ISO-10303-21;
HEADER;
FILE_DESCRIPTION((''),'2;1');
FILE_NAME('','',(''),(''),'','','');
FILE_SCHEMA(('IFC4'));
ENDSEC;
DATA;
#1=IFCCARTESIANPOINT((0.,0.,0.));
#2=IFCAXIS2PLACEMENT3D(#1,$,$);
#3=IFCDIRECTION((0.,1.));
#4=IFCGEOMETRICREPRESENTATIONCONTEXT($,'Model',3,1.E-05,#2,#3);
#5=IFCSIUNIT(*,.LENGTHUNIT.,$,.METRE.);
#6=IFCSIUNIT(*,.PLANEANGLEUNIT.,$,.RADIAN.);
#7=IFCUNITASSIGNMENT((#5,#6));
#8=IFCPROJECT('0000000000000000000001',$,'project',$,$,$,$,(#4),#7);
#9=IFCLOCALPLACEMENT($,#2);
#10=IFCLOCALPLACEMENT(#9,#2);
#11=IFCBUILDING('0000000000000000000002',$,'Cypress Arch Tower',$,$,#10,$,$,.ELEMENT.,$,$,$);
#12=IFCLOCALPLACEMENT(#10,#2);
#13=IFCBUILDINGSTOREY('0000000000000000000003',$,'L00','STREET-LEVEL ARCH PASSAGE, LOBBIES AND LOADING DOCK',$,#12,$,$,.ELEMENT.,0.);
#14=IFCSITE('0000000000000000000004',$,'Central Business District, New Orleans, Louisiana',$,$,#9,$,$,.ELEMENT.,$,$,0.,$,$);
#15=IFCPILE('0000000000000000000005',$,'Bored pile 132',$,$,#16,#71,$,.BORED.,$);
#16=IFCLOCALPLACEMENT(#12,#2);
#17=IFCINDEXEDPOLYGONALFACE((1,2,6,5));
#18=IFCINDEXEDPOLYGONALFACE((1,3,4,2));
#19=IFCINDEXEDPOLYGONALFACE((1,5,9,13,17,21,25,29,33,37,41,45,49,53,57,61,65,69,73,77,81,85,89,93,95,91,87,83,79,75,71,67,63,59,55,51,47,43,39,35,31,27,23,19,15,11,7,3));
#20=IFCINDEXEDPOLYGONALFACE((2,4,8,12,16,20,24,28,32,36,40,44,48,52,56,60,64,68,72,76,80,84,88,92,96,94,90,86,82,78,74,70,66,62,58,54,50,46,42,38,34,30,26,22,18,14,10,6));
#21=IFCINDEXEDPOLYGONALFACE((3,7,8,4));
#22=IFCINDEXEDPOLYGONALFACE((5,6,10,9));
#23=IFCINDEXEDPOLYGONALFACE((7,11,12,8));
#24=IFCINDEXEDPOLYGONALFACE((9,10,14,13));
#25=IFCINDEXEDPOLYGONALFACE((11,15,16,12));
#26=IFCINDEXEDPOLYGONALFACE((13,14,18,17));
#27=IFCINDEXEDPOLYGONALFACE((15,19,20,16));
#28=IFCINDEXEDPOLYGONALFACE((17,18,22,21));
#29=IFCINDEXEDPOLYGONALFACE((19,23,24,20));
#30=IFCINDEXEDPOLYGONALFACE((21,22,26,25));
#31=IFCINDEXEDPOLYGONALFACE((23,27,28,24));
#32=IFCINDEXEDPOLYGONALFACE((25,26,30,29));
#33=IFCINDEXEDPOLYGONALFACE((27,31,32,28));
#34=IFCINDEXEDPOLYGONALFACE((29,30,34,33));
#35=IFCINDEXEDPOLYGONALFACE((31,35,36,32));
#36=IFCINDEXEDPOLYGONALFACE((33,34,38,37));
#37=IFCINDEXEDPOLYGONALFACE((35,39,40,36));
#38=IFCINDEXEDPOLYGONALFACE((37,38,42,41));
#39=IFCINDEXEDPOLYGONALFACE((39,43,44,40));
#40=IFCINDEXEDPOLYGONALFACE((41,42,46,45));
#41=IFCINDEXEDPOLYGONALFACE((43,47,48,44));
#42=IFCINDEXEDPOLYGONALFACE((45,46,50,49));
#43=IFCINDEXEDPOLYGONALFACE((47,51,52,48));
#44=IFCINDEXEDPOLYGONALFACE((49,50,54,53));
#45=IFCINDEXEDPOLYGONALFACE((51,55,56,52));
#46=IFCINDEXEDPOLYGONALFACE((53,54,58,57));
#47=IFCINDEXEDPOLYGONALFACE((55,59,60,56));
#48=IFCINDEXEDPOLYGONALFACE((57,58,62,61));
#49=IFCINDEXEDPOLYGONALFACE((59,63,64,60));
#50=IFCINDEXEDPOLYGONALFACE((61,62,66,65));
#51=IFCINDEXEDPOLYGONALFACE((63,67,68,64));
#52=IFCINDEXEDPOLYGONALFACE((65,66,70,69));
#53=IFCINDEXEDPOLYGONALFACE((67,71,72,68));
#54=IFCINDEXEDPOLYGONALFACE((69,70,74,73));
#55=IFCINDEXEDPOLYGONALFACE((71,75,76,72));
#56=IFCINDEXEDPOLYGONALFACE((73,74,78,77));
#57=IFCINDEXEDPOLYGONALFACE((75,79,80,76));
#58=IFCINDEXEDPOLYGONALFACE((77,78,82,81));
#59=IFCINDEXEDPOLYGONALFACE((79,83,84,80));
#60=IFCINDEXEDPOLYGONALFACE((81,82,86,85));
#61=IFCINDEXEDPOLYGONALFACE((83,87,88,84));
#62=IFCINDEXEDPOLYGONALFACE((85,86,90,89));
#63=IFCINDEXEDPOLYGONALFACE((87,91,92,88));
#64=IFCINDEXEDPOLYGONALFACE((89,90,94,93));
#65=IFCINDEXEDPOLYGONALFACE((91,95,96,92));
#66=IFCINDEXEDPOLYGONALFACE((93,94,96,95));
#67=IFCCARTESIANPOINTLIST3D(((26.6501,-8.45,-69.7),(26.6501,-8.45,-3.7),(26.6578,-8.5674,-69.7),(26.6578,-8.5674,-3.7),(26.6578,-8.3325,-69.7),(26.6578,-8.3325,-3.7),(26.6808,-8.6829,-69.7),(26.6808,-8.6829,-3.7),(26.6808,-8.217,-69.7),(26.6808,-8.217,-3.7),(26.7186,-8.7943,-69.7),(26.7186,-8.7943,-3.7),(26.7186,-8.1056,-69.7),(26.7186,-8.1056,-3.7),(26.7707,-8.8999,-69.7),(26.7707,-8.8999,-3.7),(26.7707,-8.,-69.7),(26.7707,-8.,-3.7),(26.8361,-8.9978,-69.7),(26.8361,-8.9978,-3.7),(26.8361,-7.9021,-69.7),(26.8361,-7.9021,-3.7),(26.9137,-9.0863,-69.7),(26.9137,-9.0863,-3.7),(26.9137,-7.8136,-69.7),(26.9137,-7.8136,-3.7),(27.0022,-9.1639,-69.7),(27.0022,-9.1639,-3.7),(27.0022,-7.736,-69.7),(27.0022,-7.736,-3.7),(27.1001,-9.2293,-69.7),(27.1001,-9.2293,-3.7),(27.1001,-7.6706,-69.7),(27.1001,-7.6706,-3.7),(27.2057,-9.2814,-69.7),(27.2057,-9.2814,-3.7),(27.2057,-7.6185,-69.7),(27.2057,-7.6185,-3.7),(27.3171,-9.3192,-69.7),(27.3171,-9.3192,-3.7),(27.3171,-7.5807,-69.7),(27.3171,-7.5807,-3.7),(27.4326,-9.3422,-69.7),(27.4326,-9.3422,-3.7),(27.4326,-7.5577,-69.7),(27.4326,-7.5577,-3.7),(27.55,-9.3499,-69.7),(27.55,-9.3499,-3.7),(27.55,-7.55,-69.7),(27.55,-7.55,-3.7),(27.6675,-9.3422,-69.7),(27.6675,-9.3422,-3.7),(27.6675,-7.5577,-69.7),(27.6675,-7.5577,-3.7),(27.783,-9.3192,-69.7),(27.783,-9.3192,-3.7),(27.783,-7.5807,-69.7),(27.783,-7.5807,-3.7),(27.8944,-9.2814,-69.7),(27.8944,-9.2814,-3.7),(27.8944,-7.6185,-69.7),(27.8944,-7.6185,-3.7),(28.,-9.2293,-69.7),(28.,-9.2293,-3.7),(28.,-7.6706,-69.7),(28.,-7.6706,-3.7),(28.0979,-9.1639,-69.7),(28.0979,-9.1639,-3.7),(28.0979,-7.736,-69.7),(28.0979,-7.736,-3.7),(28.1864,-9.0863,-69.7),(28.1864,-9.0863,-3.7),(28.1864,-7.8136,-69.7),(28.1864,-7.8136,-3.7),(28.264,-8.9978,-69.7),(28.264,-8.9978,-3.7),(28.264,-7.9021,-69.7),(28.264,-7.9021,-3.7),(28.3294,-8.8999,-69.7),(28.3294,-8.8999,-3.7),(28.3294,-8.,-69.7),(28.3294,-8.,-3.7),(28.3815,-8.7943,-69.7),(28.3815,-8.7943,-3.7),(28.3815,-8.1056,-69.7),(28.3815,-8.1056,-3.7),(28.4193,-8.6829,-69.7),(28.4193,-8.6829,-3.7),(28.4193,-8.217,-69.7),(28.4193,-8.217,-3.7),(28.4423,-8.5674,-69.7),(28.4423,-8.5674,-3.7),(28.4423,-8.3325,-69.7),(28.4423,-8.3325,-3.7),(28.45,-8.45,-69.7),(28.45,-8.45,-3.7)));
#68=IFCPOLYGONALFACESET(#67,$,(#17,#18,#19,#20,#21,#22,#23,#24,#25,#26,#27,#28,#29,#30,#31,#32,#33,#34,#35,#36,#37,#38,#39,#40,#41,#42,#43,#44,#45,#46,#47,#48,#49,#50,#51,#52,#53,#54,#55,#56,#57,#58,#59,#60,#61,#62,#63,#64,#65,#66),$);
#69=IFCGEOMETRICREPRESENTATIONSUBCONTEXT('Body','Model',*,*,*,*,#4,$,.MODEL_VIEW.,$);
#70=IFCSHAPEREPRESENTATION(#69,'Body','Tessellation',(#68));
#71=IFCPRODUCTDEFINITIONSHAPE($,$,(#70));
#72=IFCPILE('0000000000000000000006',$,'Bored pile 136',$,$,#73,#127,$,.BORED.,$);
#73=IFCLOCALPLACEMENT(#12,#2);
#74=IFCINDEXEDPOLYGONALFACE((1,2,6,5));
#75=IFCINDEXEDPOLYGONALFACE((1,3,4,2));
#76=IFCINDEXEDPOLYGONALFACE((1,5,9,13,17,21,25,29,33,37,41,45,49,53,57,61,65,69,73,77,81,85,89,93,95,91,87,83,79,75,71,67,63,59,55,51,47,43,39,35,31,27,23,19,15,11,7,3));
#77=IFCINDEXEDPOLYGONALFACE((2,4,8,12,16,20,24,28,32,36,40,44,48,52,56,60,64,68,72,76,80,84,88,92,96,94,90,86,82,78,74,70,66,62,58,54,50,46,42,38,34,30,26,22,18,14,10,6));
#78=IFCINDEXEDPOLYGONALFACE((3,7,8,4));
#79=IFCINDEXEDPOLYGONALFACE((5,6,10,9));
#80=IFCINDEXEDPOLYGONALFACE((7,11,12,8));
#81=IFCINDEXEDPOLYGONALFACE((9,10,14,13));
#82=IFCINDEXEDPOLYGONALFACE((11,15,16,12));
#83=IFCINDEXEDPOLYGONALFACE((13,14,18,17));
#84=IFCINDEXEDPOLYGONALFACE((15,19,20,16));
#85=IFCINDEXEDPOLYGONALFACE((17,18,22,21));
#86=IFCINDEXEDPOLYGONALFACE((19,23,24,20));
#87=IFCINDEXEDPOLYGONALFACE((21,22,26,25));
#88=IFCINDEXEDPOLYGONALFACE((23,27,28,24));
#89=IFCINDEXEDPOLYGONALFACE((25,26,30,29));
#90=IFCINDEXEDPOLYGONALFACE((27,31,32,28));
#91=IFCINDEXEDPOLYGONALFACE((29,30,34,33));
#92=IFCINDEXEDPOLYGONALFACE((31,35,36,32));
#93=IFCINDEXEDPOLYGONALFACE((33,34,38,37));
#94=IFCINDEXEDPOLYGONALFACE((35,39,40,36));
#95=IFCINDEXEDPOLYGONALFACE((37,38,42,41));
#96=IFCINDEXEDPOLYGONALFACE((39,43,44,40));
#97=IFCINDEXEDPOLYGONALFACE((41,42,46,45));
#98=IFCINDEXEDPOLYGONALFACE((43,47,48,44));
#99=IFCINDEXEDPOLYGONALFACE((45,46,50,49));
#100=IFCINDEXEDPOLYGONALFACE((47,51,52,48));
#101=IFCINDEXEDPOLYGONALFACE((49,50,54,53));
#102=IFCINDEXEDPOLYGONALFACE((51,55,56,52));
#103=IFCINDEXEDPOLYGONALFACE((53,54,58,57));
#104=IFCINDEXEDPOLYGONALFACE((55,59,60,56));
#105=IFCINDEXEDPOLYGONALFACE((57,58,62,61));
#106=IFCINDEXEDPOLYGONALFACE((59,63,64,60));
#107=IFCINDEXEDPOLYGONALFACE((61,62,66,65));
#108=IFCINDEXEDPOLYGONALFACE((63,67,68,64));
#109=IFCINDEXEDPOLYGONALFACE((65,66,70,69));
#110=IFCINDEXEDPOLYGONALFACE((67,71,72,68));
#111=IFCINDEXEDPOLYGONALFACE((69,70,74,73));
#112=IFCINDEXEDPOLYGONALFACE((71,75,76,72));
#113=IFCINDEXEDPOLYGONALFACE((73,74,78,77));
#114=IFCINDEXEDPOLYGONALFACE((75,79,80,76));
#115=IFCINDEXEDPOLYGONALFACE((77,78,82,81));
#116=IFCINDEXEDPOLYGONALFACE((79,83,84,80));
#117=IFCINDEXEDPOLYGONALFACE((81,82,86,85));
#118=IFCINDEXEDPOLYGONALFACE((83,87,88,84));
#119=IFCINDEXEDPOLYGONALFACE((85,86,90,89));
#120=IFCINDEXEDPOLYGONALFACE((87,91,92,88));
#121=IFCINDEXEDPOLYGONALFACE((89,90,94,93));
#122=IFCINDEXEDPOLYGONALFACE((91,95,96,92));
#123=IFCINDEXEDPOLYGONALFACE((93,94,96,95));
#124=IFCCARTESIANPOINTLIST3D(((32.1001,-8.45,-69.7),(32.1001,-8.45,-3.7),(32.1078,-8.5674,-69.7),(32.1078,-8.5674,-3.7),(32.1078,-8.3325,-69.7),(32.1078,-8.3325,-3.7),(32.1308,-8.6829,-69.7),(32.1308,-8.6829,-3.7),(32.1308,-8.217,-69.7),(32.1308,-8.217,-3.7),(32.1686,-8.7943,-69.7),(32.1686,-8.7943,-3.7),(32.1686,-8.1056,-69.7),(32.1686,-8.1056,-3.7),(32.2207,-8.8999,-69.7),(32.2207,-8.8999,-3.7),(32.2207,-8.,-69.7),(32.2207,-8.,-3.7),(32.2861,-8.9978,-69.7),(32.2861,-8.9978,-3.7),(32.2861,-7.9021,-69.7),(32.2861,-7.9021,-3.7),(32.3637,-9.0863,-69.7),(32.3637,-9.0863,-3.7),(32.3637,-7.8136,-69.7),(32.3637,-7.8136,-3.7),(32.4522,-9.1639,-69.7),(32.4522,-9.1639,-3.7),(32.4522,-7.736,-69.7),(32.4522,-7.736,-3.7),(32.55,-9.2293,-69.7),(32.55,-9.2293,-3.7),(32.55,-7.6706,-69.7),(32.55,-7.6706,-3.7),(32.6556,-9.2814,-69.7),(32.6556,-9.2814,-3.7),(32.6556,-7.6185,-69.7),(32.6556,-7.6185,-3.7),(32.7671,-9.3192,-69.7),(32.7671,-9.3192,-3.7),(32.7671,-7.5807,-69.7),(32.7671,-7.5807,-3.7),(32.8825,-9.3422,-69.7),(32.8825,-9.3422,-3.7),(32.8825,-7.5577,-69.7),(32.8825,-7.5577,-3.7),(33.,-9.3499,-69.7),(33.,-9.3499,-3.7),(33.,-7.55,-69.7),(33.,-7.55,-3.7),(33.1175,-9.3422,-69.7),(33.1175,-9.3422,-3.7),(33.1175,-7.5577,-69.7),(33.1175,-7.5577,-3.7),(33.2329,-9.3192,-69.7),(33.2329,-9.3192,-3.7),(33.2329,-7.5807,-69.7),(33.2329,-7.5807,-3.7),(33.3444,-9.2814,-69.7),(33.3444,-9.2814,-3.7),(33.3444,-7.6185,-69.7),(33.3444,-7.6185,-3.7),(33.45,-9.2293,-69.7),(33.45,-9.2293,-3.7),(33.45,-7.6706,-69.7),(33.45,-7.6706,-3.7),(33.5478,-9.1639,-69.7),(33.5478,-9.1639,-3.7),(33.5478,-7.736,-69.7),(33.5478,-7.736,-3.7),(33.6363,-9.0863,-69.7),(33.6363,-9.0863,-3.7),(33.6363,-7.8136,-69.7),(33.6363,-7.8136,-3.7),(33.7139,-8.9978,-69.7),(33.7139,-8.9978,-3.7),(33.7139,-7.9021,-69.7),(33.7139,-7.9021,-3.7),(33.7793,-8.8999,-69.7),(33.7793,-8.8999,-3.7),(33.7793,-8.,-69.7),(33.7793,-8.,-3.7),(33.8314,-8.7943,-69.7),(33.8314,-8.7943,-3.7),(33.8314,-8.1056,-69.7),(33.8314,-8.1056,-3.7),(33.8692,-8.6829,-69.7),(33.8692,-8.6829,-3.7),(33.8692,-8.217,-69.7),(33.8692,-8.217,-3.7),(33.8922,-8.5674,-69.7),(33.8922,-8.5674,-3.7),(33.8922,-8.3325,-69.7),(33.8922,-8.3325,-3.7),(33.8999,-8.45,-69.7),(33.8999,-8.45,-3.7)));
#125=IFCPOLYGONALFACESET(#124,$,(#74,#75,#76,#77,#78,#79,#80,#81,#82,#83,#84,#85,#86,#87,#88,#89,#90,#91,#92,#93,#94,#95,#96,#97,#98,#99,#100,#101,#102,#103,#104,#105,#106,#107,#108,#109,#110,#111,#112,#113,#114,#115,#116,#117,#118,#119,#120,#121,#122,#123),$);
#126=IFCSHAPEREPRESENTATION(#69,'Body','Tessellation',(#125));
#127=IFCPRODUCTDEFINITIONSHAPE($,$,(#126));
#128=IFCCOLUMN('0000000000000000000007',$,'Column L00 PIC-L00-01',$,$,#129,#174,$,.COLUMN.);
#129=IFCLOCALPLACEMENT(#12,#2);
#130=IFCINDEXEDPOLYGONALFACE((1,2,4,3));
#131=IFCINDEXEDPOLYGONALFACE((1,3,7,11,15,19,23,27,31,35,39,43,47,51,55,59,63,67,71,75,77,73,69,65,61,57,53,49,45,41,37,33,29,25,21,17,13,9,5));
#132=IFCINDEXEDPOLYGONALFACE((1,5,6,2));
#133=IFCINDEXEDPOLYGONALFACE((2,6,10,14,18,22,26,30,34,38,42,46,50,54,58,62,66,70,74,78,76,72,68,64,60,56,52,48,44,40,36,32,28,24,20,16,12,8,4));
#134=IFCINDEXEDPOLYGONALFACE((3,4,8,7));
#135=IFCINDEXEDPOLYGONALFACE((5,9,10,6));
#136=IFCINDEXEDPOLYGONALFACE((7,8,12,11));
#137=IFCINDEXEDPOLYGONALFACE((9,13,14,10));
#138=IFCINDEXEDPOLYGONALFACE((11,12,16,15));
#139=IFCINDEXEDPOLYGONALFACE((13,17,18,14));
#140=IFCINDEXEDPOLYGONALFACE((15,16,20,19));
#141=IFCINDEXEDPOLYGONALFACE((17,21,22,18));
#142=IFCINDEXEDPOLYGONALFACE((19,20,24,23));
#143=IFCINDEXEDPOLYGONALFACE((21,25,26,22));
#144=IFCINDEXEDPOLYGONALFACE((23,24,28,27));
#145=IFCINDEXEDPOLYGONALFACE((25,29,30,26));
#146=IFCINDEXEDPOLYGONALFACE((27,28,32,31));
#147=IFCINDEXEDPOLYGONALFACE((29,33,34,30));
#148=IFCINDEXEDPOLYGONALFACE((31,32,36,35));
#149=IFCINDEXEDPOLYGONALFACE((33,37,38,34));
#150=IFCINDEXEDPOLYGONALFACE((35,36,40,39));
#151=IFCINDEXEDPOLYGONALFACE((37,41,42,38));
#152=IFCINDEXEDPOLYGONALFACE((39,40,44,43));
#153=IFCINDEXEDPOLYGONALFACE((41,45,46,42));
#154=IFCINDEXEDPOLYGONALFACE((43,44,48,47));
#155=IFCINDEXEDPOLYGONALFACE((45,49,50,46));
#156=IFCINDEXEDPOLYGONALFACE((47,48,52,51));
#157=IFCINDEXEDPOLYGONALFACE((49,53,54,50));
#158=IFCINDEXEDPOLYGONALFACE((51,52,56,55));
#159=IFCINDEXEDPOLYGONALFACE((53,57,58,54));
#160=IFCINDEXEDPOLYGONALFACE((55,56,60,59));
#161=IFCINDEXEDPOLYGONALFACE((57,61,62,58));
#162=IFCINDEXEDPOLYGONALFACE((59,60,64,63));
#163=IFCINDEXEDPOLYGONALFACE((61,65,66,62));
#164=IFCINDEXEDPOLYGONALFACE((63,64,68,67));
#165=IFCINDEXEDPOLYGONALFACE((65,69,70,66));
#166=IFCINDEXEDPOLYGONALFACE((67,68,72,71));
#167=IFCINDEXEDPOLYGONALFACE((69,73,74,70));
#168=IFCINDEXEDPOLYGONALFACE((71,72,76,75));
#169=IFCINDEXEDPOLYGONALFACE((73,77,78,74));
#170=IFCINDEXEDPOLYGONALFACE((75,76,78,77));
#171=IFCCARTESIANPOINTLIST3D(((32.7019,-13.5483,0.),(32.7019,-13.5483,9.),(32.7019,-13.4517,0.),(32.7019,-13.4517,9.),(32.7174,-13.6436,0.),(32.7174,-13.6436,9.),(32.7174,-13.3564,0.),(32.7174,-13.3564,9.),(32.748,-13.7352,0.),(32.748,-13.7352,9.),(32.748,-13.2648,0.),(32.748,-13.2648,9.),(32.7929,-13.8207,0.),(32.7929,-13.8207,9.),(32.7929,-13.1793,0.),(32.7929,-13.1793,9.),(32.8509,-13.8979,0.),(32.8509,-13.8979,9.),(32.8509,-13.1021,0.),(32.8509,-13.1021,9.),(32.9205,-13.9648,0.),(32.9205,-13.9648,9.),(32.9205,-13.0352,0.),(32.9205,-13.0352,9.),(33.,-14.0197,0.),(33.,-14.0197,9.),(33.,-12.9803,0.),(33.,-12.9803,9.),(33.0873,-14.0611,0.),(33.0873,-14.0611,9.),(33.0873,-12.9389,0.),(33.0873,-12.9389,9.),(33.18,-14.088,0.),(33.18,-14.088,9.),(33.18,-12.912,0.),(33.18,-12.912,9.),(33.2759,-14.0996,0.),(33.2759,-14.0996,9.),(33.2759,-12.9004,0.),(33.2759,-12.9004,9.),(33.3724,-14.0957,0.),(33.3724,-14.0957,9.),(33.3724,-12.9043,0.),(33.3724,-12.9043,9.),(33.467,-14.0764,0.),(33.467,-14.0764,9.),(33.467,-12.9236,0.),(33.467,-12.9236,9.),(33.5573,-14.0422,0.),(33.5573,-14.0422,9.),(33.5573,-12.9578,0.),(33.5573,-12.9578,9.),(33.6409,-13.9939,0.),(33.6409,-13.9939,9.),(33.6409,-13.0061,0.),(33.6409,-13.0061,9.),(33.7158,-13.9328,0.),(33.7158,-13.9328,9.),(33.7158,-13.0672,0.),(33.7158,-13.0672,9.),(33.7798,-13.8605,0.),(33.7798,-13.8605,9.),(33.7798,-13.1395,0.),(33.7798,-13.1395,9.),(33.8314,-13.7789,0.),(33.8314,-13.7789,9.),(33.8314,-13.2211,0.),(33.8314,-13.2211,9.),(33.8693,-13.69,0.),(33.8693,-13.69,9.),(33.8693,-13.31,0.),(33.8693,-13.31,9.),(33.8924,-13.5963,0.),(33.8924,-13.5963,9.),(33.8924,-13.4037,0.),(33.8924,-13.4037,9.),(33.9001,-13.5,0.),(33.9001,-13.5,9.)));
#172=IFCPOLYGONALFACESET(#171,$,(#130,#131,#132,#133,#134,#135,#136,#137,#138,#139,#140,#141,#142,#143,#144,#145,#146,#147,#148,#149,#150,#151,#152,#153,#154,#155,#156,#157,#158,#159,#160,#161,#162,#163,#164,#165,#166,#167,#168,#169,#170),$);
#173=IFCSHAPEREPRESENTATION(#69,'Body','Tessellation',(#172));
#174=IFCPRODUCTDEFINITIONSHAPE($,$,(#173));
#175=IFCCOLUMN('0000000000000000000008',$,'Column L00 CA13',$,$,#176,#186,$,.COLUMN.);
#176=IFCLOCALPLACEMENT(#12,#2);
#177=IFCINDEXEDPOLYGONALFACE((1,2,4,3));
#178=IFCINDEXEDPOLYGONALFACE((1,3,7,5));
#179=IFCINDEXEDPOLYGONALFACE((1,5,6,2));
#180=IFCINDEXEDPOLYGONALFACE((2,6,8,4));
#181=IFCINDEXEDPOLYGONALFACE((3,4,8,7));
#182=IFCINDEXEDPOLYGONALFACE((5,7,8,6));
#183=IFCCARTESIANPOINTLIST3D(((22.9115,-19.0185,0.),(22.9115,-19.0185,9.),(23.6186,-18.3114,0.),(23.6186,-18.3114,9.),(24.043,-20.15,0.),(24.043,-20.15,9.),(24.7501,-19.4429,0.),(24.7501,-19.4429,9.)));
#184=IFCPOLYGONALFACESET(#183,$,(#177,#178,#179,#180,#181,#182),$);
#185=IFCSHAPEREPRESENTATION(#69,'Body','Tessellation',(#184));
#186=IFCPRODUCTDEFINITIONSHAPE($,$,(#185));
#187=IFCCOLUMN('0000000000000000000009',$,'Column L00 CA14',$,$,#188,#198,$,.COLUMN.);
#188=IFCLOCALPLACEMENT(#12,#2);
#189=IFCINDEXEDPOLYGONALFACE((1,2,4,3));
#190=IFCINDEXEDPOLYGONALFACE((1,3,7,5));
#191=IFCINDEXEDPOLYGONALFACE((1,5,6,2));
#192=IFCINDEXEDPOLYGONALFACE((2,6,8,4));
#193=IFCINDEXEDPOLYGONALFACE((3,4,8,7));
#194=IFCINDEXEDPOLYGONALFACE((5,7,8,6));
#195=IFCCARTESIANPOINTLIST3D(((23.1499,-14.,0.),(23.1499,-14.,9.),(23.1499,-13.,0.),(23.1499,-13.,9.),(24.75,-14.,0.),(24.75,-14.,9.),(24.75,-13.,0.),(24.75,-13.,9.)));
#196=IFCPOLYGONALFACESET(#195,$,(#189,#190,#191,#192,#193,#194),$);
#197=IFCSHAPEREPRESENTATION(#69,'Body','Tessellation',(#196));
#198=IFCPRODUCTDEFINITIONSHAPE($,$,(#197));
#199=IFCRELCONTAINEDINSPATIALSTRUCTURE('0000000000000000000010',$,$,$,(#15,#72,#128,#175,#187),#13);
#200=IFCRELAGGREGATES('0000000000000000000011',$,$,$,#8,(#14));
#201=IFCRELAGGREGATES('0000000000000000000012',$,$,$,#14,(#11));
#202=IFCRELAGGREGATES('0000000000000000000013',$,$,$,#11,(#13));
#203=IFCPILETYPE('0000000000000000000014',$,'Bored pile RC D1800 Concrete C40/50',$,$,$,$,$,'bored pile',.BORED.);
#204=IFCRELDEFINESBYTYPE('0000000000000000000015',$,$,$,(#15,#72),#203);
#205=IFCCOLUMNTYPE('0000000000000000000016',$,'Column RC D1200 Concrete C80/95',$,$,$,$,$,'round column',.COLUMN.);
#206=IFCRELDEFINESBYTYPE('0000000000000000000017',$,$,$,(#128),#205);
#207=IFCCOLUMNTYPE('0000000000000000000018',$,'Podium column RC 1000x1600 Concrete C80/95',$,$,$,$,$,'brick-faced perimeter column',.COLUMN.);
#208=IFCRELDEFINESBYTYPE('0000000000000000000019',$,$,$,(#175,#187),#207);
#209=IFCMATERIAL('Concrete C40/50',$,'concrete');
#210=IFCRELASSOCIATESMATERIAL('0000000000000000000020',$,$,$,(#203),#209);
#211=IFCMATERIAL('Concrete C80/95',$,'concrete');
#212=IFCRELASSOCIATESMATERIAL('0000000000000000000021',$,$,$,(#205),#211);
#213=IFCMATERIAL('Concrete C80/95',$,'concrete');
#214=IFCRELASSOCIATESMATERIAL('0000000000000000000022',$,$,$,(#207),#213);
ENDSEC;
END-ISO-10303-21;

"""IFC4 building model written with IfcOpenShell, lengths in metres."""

from ifc_helpers import new_model, si_unit, direction, frame, origin, origin_2d, place, context, subcontext, project, spatial, rectangle, circle, extrude, material, material_profile, profile_set, type_object, element, save


model = new_model("IFC4")

# Units and contexts
model_context = context("Model", 3, precision=1e-05, world=origin(), true_north=direction((0.0, 1.0)))
body_context = subcontext(model_context, "Body", "Model", "MODEL_VIEW")
ifc_project = project(units=[si_unit("LENGTHUNIT", "METRE"), si_unit("PLANEANGLEUNIT", "RADIAN")], contexts=[model_context])

# Site, building, storey
site_placement = place(None, origin())
site = spatial("IfcSite", under=ifc_project, at=site_placement, Name="Central Business District, New Orleans, Louisiana", CompositionType="ELEMENT", RefElevation=0.0)
building_placement = place(site_placement, origin())
building = spatial("IfcBuilding", under=site, at=building_placement, Name="Cypress Arch Tower", CompositionType="ELEMENT")
storey_placement = place(building_placement, origin())
storey = spatial("IfcBuildingStorey", under=building, at=storey_placement, Name="L00", Description="STREET-LEVEL ARCH PASSAGE, LOBBIES AND LOADING DOCK", CompositionType="ELEMENT", Elevation=0.0)

# Piles
ifc_material_1 = material(Name="Concrete C40/50", Category="concrete")
ifc_material_profile_1 = material_profile(ifc_material_1, circle(Radius=0.8999, at=origin_2d()), Name="RC D1800")
ifc_profile_set_1 = profile_set([ifc_material_profile_1], Name="Concrete C40/50")
pile_type = type_object("IfcPileType", Name="Bored pile RC D1800 Concrete C40/50", ElementType="bored pile", PredefinedType="BORED", material=ifc_profile_set_1)
for number, where, z_axis, x_axis, name in (
    (1, (27.55, -8.45, -3.7), (0.0, 0.0, -1.0), (1.0, 0.0, 0.0), "Bored pile 132"),
    (2, (33.0, -8.45, -3.7), (0.0, 0.0, -1.0), (1.0, 0.0, 0.0), "Bored pile 136"),
):
    element("IfcPile", number, at=place(storey_placement, frame(where, z_axis=z_axis, x_axis=x_axis)), inside=storey, type_object=pile_type, Name=name, PredefinedType="BORED", context=body_context, shape_type="SweptSolid", body=[
        extrude(circle(Radius=0.8999, at=origin_2d()), origin(), (0.0, 0.0, 1.0), 66.0),
    ])

# Columns
ifc_material_2 = material(Name="Concrete C80/95", Category="concrete")
ifc_material_profile_2 = material_profile(ifc_material_2, circle(Radius=0.6001, at=origin_2d()), Name="RC D1200")
ifc_profile_set_2 = profile_set([ifc_material_profile_2], Name="Concrete C80/95")
column_type_1 = type_object("IfcColumnType", Name="Column RC D1200 Concrete C80/95", ElementType="round column", PredefinedType="COLUMN", material=ifc_profile_set_2)
column_placement = place(storey_placement, frame((33.3, -13.5, 0.0), z_axis=(0.0, 0.0, 1.0), x_axis=(1.0, 0.0, 0.0)))
element("IfcColumn", 3, at=column_placement, inside=storey, type_object=column_type_1, Name="Column L00 PIC-L00-01", PredefinedType="COLUMN", context=body_context, shape_type="SweptSolid", body=[
    extrude(circle(Radius=0.6001, at=origin_2d()), origin(), (0.0, 0.0, 1.0), 9.0),
])
ifc_material_3 = material(Name="Concrete C80/95", Category="concrete")
ifc_material_profile_3 = material_profile(ifc_material_3, rectangle(XDim=1.0, YDim=1.6001, at=origin_2d()), Name="RC 1000x1600")
ifc_profile_set_3 = profile_set([ifc_material_profile_3], Name="Concrete C80/95")
column_type_2 = type_object("IfcColumnType", Name="Podium column RC 1000x1600 Concrete C80/95", ElementType="brick-faced perimeter column", PredefinedType="COLUMN", material=ifc_profile_set_3)
for number, where, z_axis, x_axis, name in (
    (4, (23.8308, -19.2307, 0.0), (0.0, 0.0, 1.0), (0.707107, 0.707107, 0.0), "Column L00 CA13"),
    (5, (23.95, -13.5, 0.0), (0.0, 0.0, 1.0), (0.0, 1.0, 0.0), "Column L00 CA14"),
):
    element("IfcColumn", number, at=place(storey_placement, frame(where, z_axis=z_axis, x_axis=x_axis)), inside=storey, type_object=column_type_2, Name=name, PredefinedType="COLUMN", context=body_context, shape_type="SweptSolid", body=[
        extrude(rectangle(XDim=1.0, YDim=1.6001, at=origin_2d()), origin(), (0.0, 0.0, 1.0), 9.0),
    ])

save(model, "model.ifc")
